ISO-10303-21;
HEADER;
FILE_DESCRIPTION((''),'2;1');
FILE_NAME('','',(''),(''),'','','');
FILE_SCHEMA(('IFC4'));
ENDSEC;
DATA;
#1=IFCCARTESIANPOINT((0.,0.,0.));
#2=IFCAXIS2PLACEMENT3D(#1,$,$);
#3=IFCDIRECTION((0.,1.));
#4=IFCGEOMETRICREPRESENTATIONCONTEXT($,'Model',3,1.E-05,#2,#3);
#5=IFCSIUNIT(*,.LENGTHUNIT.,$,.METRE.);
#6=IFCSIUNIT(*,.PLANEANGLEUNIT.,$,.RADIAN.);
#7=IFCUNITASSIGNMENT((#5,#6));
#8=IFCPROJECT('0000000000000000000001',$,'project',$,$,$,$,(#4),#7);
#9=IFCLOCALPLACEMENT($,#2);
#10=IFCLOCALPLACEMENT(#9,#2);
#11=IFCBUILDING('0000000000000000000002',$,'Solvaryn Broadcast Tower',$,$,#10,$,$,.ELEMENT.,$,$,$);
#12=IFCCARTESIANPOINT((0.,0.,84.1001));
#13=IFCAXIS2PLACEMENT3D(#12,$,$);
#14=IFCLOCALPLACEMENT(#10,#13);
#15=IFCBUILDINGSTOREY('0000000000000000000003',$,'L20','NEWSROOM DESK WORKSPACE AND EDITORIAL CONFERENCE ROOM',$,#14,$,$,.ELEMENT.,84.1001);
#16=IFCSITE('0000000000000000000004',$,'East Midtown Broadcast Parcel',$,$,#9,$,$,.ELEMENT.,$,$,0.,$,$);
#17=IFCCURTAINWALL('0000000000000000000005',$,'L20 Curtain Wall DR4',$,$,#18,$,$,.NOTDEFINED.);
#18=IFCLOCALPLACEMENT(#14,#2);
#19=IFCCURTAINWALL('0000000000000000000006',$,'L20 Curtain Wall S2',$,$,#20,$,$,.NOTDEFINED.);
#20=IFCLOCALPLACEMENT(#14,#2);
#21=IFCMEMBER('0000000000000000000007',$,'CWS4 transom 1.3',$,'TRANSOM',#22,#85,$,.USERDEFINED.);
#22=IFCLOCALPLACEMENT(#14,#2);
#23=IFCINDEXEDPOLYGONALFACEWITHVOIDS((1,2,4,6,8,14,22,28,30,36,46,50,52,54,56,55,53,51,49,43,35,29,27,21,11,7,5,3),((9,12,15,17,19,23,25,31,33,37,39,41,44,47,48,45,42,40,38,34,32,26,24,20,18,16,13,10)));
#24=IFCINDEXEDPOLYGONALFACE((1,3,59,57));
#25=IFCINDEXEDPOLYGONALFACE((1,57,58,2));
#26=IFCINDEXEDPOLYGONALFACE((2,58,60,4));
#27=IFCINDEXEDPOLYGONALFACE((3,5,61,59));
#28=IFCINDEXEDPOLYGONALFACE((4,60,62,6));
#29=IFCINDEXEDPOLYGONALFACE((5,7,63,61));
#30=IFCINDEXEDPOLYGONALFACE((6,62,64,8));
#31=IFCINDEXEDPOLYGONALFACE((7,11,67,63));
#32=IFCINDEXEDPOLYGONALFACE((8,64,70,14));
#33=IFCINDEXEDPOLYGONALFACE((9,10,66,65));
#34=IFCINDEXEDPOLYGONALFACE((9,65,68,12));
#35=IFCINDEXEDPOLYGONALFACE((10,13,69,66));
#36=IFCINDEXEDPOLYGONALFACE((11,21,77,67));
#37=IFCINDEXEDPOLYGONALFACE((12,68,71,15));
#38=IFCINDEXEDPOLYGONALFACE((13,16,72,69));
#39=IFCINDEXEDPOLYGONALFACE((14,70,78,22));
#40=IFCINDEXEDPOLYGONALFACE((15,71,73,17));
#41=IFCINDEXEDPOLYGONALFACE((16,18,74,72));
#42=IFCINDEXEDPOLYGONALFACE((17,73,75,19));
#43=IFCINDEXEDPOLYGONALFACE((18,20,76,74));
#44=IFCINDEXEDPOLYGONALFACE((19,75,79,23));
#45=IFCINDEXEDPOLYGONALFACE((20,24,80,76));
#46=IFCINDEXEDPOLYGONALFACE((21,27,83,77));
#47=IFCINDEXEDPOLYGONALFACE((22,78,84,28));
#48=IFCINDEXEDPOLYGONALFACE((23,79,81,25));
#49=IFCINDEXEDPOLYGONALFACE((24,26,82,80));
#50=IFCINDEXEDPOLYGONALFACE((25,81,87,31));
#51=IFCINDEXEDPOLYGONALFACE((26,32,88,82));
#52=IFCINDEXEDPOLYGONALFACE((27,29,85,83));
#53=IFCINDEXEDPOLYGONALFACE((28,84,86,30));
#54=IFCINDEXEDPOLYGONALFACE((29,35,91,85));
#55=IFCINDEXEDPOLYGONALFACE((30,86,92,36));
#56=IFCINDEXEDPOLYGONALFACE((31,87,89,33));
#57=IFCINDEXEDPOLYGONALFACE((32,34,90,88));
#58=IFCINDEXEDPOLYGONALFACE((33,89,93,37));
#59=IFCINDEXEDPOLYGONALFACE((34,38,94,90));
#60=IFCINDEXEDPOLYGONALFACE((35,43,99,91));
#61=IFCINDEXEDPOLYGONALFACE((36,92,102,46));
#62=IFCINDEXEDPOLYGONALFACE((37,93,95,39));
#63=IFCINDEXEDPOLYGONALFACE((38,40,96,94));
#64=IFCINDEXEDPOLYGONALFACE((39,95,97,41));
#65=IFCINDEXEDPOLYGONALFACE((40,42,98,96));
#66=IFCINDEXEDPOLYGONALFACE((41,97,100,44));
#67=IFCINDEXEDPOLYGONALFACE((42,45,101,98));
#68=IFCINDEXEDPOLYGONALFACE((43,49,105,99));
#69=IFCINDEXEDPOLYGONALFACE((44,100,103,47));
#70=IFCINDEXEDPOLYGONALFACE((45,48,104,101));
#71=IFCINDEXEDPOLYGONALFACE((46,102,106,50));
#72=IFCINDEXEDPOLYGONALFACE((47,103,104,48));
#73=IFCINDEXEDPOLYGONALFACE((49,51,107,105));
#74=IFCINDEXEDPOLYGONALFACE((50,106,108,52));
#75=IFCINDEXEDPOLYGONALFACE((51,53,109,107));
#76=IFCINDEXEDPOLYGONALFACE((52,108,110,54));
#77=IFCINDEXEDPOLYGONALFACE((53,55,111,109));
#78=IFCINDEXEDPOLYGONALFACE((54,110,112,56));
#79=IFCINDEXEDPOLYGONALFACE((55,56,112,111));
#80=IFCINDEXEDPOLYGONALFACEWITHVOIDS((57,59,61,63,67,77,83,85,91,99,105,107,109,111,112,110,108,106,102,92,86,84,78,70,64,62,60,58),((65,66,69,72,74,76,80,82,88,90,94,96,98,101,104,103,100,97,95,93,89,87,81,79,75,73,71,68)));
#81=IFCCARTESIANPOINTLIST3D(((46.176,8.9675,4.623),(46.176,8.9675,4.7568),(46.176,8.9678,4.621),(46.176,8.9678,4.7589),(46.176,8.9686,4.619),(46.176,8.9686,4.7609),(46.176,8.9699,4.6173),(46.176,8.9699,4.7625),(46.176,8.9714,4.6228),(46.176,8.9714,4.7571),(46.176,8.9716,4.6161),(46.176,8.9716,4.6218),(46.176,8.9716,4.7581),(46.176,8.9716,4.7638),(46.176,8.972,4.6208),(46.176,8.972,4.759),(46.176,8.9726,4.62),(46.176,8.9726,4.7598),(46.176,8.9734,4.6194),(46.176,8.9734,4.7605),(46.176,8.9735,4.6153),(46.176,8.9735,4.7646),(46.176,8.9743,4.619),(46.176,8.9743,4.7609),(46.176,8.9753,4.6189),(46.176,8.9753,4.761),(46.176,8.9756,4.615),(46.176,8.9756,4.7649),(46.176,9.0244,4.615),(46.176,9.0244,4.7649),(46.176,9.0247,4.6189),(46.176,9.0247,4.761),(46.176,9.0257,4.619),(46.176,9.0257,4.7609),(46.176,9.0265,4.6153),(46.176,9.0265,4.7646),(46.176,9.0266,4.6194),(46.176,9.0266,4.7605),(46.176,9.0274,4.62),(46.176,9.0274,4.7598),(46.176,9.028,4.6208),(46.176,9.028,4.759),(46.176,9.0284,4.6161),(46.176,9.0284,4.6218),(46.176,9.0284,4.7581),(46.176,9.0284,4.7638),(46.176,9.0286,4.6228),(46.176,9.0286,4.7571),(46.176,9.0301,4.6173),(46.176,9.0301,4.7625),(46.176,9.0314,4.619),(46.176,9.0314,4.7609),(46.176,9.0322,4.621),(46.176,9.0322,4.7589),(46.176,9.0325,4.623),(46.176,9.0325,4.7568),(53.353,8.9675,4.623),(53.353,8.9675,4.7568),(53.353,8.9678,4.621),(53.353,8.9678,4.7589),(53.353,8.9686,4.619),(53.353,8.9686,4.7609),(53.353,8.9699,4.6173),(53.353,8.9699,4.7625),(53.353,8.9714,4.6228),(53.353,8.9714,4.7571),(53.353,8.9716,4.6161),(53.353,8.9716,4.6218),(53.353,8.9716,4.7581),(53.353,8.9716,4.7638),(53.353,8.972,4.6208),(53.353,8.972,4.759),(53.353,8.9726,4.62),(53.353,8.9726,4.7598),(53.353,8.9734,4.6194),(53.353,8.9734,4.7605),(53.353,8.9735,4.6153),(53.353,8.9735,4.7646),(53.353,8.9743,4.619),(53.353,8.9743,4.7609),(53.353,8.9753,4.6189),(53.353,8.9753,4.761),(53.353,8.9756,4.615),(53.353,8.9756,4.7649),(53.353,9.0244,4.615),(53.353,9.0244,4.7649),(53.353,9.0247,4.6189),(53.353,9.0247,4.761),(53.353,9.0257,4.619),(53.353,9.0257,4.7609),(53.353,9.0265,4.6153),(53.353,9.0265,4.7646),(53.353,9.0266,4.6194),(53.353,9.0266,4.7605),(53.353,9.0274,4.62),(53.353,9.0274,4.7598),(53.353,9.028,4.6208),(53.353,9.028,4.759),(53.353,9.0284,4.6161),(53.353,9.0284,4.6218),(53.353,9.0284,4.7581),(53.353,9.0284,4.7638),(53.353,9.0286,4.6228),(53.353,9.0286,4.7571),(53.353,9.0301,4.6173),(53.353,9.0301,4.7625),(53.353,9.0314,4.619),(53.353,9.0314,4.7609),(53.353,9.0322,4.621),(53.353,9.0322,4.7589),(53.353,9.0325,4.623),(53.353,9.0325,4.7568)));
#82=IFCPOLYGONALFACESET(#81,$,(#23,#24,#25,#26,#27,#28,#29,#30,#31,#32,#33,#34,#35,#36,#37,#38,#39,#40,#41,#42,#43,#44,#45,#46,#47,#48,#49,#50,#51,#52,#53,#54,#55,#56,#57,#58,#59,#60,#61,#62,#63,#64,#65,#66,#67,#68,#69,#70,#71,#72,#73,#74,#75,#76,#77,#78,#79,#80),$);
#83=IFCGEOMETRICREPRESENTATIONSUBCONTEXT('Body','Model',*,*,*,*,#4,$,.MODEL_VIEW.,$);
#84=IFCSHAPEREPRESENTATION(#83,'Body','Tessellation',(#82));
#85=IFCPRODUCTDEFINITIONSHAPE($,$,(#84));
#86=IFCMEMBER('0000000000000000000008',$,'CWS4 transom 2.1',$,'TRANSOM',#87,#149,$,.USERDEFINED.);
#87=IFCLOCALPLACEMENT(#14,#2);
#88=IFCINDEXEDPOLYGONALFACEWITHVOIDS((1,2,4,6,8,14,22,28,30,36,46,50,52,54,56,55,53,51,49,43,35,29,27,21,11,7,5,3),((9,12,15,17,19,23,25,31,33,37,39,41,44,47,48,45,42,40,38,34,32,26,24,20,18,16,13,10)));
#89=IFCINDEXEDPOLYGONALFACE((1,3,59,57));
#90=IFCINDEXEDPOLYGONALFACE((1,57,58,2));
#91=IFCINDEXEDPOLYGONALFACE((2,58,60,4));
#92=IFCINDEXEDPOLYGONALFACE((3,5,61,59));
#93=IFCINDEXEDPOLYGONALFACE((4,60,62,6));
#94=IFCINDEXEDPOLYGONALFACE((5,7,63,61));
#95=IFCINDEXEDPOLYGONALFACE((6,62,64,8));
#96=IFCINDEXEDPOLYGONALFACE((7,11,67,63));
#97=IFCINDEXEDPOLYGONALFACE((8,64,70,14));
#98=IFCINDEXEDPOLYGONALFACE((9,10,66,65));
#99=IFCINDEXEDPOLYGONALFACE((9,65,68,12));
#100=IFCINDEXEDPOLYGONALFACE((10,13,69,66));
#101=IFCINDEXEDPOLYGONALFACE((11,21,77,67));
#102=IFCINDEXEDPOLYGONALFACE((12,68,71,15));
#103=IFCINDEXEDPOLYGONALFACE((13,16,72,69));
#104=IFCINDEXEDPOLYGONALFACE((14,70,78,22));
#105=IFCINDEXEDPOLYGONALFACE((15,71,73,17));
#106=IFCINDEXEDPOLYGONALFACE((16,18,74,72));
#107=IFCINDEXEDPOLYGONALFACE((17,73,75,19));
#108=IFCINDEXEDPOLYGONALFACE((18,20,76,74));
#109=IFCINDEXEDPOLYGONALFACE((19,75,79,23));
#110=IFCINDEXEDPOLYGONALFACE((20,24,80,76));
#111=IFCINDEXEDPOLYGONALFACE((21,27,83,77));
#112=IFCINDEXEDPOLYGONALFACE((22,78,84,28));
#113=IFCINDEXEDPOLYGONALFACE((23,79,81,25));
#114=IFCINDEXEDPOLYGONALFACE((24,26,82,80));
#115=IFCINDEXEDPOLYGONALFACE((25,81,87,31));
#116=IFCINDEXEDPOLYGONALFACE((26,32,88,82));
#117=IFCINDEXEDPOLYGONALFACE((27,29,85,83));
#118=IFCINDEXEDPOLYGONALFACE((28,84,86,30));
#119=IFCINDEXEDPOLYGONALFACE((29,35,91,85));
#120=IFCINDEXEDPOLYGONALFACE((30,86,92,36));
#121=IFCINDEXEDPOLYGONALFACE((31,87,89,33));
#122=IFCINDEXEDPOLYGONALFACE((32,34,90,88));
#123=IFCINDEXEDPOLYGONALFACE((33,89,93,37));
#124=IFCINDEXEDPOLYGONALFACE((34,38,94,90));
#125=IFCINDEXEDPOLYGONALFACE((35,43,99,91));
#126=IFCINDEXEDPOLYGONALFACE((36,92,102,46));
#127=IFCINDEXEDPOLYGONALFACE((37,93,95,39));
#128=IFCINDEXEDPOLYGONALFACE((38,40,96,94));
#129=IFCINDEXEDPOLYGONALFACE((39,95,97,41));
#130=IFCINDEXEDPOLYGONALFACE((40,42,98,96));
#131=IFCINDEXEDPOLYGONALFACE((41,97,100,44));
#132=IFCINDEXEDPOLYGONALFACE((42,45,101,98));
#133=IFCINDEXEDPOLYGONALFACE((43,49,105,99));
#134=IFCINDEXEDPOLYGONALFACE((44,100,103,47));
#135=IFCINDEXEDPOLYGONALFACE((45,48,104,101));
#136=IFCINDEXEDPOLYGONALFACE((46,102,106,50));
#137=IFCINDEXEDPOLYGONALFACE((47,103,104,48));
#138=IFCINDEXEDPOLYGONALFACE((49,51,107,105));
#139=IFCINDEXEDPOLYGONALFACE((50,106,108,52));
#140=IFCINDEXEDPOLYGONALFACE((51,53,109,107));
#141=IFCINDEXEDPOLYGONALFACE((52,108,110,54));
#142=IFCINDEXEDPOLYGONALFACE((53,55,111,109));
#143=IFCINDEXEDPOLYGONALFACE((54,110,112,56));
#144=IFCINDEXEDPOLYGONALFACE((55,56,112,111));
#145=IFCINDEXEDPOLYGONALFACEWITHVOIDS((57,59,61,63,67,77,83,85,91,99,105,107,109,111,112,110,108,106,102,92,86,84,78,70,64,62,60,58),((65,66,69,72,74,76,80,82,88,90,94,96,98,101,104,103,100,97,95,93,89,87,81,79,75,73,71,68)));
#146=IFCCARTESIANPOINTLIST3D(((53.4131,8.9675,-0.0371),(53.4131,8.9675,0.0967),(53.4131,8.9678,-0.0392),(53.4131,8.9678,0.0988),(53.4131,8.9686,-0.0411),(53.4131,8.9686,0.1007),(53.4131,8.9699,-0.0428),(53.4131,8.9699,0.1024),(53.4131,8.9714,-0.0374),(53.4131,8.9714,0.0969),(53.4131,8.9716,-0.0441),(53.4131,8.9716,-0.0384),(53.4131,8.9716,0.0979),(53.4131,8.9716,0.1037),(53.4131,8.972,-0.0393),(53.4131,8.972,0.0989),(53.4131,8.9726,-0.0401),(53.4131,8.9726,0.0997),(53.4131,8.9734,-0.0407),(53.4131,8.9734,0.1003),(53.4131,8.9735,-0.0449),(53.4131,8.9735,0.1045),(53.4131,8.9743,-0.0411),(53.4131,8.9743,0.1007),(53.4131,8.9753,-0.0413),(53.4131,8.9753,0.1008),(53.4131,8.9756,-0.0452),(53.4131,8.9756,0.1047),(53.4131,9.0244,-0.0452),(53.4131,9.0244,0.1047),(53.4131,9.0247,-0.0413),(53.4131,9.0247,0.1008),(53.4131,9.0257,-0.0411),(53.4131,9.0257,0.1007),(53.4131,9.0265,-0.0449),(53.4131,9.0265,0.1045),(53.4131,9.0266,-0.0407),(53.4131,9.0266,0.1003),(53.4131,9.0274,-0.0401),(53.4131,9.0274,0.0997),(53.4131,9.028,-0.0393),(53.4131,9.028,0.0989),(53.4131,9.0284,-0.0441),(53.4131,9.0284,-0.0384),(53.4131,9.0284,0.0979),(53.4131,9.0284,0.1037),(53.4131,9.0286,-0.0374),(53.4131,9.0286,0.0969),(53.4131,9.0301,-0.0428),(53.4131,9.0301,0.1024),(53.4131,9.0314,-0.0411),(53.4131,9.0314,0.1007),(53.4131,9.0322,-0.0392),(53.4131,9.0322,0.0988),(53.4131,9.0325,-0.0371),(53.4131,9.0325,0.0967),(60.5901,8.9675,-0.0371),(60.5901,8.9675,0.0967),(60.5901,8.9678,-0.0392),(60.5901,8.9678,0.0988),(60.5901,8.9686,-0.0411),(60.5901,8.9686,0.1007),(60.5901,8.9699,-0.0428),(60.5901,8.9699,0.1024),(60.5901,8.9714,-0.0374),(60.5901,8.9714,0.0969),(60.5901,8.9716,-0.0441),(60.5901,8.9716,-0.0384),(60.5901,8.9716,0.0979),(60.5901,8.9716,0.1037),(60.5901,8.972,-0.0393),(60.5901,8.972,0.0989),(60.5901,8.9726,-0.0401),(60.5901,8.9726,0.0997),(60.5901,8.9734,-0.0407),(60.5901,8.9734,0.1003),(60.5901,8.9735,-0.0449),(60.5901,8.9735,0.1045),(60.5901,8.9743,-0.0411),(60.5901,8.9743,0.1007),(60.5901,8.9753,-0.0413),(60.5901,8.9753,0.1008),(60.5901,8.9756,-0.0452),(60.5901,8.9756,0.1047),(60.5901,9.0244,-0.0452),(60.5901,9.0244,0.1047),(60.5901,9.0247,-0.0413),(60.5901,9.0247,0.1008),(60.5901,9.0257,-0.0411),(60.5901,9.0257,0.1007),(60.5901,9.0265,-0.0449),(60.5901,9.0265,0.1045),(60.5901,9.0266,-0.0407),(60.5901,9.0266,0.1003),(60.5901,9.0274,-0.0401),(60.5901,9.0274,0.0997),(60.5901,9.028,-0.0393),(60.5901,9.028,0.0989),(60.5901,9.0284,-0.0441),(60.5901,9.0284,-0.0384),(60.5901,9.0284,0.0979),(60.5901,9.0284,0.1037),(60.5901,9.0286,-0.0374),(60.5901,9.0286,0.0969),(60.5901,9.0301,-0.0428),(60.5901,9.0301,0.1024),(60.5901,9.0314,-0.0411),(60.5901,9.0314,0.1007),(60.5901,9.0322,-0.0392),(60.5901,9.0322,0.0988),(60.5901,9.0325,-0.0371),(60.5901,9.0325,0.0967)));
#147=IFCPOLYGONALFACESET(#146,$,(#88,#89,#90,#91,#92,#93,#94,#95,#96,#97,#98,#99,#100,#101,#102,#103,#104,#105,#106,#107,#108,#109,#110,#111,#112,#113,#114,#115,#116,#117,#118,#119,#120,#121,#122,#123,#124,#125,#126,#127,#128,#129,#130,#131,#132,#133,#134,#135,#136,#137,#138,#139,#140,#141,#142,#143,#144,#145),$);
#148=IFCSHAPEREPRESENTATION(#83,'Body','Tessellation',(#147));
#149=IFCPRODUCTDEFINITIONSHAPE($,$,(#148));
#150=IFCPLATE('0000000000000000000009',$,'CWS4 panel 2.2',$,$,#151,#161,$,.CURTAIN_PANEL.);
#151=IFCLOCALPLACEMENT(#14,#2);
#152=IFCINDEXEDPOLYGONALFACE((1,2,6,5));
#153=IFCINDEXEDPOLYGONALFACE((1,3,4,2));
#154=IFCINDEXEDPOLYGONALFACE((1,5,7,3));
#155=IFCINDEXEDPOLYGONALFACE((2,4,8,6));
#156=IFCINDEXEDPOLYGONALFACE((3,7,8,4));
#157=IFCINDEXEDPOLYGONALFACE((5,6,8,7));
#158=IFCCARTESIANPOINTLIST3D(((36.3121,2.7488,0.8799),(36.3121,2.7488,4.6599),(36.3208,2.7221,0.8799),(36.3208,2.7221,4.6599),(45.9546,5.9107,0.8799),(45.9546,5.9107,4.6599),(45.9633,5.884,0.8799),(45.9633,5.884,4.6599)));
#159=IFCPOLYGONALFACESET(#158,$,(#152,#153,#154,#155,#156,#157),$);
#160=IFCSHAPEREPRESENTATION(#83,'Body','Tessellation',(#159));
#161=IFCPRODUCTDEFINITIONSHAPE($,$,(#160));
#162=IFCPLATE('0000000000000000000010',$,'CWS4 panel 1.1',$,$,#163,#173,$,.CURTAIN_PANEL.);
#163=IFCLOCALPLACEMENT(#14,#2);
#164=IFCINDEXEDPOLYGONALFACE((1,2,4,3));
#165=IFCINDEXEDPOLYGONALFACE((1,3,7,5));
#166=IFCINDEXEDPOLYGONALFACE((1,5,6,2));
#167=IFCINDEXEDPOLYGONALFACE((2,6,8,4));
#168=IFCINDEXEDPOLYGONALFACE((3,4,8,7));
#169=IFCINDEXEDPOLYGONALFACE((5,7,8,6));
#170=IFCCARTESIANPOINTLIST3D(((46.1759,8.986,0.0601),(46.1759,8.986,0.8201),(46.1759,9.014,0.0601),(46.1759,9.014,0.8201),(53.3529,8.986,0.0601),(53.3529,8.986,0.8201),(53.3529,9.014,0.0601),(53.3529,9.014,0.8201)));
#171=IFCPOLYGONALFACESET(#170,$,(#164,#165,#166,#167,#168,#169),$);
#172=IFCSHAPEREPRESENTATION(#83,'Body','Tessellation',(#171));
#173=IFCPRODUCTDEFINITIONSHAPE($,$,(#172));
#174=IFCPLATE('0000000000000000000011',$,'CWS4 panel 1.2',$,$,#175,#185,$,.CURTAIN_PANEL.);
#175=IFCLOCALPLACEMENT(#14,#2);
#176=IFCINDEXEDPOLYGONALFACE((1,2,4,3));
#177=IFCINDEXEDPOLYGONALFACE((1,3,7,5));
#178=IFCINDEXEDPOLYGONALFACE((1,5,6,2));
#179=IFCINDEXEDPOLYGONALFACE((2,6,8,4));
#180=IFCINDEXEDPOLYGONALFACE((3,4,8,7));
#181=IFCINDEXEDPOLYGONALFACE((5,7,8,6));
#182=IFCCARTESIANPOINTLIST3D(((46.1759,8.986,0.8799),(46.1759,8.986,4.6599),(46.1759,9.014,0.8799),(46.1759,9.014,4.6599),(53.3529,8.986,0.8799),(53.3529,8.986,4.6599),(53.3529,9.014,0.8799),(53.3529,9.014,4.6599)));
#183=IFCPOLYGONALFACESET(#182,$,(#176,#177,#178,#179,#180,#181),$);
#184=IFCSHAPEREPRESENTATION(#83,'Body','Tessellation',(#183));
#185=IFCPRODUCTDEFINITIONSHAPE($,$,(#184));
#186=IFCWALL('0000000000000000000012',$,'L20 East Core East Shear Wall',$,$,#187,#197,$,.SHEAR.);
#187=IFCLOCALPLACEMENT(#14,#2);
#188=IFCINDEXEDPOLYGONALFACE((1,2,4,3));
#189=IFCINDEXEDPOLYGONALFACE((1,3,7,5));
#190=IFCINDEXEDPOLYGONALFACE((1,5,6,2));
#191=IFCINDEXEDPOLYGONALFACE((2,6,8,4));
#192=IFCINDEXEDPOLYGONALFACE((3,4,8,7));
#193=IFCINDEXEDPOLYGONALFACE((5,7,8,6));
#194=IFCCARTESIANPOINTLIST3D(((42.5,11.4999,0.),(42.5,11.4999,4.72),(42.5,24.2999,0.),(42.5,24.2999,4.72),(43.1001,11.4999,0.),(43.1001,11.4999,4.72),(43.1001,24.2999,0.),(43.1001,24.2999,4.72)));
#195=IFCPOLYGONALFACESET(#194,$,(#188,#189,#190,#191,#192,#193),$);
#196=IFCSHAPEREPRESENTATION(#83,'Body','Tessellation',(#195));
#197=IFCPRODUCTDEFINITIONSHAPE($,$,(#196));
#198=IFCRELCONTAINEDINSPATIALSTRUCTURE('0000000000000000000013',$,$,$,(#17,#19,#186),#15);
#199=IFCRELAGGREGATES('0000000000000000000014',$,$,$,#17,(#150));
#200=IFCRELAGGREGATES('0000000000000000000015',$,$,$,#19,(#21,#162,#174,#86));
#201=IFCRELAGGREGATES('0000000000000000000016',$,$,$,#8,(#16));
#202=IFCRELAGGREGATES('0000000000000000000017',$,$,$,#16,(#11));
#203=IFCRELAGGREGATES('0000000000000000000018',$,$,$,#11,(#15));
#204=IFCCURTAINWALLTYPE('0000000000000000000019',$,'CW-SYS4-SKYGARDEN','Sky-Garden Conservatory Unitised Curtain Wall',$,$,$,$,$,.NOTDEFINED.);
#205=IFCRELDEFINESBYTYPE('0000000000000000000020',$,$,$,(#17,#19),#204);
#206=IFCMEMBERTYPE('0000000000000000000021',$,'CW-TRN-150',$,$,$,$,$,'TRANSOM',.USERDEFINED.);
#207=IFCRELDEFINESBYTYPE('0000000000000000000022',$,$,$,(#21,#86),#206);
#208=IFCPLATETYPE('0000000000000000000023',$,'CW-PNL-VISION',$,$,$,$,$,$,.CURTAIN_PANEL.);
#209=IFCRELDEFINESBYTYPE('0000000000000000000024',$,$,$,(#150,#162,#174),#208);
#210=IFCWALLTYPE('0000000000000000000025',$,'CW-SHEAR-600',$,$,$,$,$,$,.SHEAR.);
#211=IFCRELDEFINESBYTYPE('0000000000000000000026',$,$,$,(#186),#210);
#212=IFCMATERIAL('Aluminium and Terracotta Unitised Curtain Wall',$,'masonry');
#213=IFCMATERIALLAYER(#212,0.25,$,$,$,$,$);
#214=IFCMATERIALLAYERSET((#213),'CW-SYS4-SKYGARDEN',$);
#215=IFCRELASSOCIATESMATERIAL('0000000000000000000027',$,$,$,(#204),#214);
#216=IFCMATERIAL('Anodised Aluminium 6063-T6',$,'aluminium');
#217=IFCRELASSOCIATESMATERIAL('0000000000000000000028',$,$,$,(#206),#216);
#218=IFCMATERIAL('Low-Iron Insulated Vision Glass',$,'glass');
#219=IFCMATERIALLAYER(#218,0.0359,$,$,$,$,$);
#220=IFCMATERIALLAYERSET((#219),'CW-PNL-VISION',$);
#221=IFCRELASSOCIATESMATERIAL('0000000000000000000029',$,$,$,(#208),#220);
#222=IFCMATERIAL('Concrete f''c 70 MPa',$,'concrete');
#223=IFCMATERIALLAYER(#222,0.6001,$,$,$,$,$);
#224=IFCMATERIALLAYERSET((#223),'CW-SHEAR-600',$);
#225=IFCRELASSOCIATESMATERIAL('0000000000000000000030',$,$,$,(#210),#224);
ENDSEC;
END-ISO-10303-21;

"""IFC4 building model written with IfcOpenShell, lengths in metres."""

from ifc_helpers import new_model, si_unit, direction, frame, frame_2d, origin, origin_2d, place, context, subcontext, project, spatial, rectangle, hollow_rectangle, extrude, material, layer, layer_set, material_profile, profile_set, type_object, element, aggregate, save


model = new_model("IFC4")

# Units and contexts
model_context = context("Model", 3, precision=1e-05, world=origin(), true_north=direction((0.0, 1.0)))
body_context = subcontext(model_context, "Body", "Model", "MODEL_VIEW")
ifc_project = project(units=[si_unit("LENGTHUNIT", "METRE"), si_unit("PLANEANGLEUNIT", "RADIAN")], contexts=[model_context])

# Site, building, storey
site_placement = place(None, origin())
site = spatial("IfcSite", under=ifc_project, at=site_placement, Name="East Midtown Broadcast Parcel", CompositionType="ELEMENT", RefElevation=0.0)
building_placement = place(site_placement, origin())
building = spatial("IfcBuilding", under=site, at=building_placement, Name="Solvaryn Broadcast Tower", CompositionType="ELEMENT")
storey_placement = place(building_placement, frame((0.0, 0.0, 84.1001)))
storey = spatial("IfcBuildingStorey", under=building, at=storey_placement, Name="L20", Description="NEWSROOM DESK WORKSPACE AND EDITORIAL CONFERENCE ROOM", CompositionType="ELEMENT", Elevation=84.1001)

# Curtain wall
ifc_material_1 = material(Name="Aluminium and Terracotta Unitised Curtain Wall", Category="masonry")
ifc_layer_1 = layer(ifc_material_1, 0.25)
ifc_layer_set_1 = layer_set([ifc_layer_1], Name="CW-SYS4-SKYGARDEN")
curtain_wall_type = type_object("IfcCurtainWallType", Name="CW-SYS4-SKYGARDEN", Description="Sky-Garden Conservatory Unitised Curtain Wall", PredefinedType="NOTDEFINED", material=ifc_layer_set_1)
curtain_wall_1_placement = place(storey_placement, origin())
curtain_wall_1 = element("IfcCurtainWall", 1, at=curtain_wall_1_placement, inside=storey, type_object=curtain_wall_type, Name="L20 Curtain Wall DR4", PredefinedType="NOTDEFINED")

# Curtain wall, members
curtain_wall_2_placement = place(storey_placement, origin())
curtain_wall_2 = element("IfcCurtainWall", 2, at=curtain_wall_2_placement, inside=storey, type_object=curtain_wall_type, Name="L20 Curtain Wall S2", PredefinedType="NOTDEFINED")
ifc_material_2 = material(Name="Anodised Aluminium 6063-T6", Category="aluminium")
ifc_material_profile_1 = material_profile(ifc_material_2, hollow_rectangle(XDim=0.0649, YDim=0.1499, WallThickness=0.0039, InnerFilletRadius=0.0039, OuterFilletRadius=0.0081, at=origin_2d()))
ifc_profile_set_1 = profile_set([ifc_material_profile_1], Name="Anodised Aluminium 6063-T6")
member_type_1 = type_object("IfcMemberType", Name="CW-TRN-150", ElementType="TRANSOM", PredefinedType="USERDEFINED", material=ifc_profile_set_1)
member_1_placement = place(storey_placement, frame((46.176, 9.0, 4.6899), z_axis=(1.0, 0.0, 0.0), x_axis=(0.0, 1.0, 0.0)))
member_1 = element("IfcMember", 3, at=member_1_placement, type_object=member_type_1, Name="CWS4 transom 1.3", ObjectType="TRANSOM", PredefinedType="USERDEFINED", context=body_context, shape_type="SweptSolid", body=[
    extrude(hollow_rectangle(XDim=0.0649, YDim=0.1499, WallThickness=0.0039, InnerFilletRadius=0.0039, OuterFilletRadius=0.0081, at=origin_2d()), origin(), (0.0, 0.0, 1.0), 7.177),
])
member_2_placement = place(storey_placement, frame((53.4131, 9.0, 0.0298), z_axis=(1.0, 0.0, 0.0), x_axis=(0.0, 1.0, 0.0)))
member_2 = element("IfcMember", 4, at=member_2_placement, type_object=member_type_1, Name="CWS4 transom 2.1", ObjectType="TRANSOM", PredefinedType="USERDEFINED", context=body_context, shape_type="SweptSolid", body=[
    extrude(hollow_rectangle(XDim=0.0649, YDim=0.1499, WallThickness=0.0039, InnerFilletRadius=0.0039, OuterFilletRadius=0.0081, at=origin_2d()), origin(), (0.0, 0.0, 1.0), 7.177),
])

# Plates
ifc_material_3 = material(Name="Low-Iron Insulated Vision Glass", Category="glass")
ifc_layer_2 = layer(ifc_material_3, 0.0359)
ifc_layer_set_2 = layer_set([ifc_layer_2], Name="CW-PNL-VISION")
plate_type = type_object("IfcPlateType", Name="CW-PNL-VISION", PredefinedType="CURTAIN_PANEL", material=ifc_layer_set_2)
plate_1_placement = place(storey_placement, frame((41.1377, 4.3164, 0.8799), z_axis=(0.0, 0.0, 1.0), x_axis=(0.950215, 0.311594, 0.0)))
plate_1 = element("IfcPlate", 5, at=plate_1_placement, type_object=plate_type, Name="CWS4 panel 2.2", PredefinedType="CURTAIN_PANEL", context=body_context, shape_type="SweptSolid", body=[
    extrude(rectangle(XDim=10.1477, YDim=0.0281, at=origin_2d()), origin(), (0.0, 0.0, 1.0), 3.78),
])
aggregate(curtain_wall_1, [plate_1])
plate_2_placement = place(storey_placement, frame((49.7644, 9.0, 0.0601), z_axis=(0.0, 0.0, 1.0), x_axis=(1.0, 0.0, 0.0)))
plate_2 = element("IfcPlate", 6, at=plate_2_placement, type_object=plate_type, Name="CWS4 panel 1.1", PredefinedType="CURTAIN_PANEL", context=body_context, shape_type="SweptSolid", body=[
    extrude(rectangle(XDim=7.177, YDim=0.0281, at=origin_2d()), origin(), (0.0, 0.0, 1.0), 0.76),
])
plate_3_placement = place(storey_placement, frame((49.7644, 9.0, 0.8799), z_axis=(0.0, 0.0, 1.0), x_axis=(1.0, 0.0, 0.0)))
plate_3 = element("IfcPlate", 7, at=plate_3_placement, type_object=plate_type, Name="CWS4 panel 1.2", PredefinedType="CURTAIN_PANEL", context=body_context, shape_type="SweptSolid", body=[
    extrude(rectangle(XDim=7.177, YDim=0.0281, at=origin_2d()), origin(), (0.0, 0.0, 1.0), 3.78),
])
aggregate(curtain_wall_2, [member_1, plate_2, plate_3, member_2])

# Wall
ifc_material_4 = material(Name="Concrete f'c 70 MPa", Category="concrete")
ifc_layer_3 = layer(ifc_material_4, 0.6001)
ifc_layer_set_3 = layer_set([ifc_layer_3], Name="CW-SHEAR-600")
wall_type_1 = type_object("IfcWallType", Name="CW-SHEAR-600", PredefinedType="SHEAR", material=ifc_layer_set_3)
wall_1_placement = place(storey_placement, frame((42.8, 11.5, 0.0), z_axis=(0.0, 0.0, 1.0), x_axis=(0.0, 1.0, 0.0)))
element("IfcWall", 8, at=wall_1_placement, inside=storey, type_object=wall_type_1, Name="L20 East Core East Shear Wall", PredefinedType="SHEAR", context=body_context, shape_type="SweptSolid", body=[
    extrude(rectangle(XDim=12.8, YDim=0.6001, at=frame_2d((6.3999, 0.0))), origin(), (0.0, 0.0, 1.0), 4.72),
])

save(model, "model.ifc")
